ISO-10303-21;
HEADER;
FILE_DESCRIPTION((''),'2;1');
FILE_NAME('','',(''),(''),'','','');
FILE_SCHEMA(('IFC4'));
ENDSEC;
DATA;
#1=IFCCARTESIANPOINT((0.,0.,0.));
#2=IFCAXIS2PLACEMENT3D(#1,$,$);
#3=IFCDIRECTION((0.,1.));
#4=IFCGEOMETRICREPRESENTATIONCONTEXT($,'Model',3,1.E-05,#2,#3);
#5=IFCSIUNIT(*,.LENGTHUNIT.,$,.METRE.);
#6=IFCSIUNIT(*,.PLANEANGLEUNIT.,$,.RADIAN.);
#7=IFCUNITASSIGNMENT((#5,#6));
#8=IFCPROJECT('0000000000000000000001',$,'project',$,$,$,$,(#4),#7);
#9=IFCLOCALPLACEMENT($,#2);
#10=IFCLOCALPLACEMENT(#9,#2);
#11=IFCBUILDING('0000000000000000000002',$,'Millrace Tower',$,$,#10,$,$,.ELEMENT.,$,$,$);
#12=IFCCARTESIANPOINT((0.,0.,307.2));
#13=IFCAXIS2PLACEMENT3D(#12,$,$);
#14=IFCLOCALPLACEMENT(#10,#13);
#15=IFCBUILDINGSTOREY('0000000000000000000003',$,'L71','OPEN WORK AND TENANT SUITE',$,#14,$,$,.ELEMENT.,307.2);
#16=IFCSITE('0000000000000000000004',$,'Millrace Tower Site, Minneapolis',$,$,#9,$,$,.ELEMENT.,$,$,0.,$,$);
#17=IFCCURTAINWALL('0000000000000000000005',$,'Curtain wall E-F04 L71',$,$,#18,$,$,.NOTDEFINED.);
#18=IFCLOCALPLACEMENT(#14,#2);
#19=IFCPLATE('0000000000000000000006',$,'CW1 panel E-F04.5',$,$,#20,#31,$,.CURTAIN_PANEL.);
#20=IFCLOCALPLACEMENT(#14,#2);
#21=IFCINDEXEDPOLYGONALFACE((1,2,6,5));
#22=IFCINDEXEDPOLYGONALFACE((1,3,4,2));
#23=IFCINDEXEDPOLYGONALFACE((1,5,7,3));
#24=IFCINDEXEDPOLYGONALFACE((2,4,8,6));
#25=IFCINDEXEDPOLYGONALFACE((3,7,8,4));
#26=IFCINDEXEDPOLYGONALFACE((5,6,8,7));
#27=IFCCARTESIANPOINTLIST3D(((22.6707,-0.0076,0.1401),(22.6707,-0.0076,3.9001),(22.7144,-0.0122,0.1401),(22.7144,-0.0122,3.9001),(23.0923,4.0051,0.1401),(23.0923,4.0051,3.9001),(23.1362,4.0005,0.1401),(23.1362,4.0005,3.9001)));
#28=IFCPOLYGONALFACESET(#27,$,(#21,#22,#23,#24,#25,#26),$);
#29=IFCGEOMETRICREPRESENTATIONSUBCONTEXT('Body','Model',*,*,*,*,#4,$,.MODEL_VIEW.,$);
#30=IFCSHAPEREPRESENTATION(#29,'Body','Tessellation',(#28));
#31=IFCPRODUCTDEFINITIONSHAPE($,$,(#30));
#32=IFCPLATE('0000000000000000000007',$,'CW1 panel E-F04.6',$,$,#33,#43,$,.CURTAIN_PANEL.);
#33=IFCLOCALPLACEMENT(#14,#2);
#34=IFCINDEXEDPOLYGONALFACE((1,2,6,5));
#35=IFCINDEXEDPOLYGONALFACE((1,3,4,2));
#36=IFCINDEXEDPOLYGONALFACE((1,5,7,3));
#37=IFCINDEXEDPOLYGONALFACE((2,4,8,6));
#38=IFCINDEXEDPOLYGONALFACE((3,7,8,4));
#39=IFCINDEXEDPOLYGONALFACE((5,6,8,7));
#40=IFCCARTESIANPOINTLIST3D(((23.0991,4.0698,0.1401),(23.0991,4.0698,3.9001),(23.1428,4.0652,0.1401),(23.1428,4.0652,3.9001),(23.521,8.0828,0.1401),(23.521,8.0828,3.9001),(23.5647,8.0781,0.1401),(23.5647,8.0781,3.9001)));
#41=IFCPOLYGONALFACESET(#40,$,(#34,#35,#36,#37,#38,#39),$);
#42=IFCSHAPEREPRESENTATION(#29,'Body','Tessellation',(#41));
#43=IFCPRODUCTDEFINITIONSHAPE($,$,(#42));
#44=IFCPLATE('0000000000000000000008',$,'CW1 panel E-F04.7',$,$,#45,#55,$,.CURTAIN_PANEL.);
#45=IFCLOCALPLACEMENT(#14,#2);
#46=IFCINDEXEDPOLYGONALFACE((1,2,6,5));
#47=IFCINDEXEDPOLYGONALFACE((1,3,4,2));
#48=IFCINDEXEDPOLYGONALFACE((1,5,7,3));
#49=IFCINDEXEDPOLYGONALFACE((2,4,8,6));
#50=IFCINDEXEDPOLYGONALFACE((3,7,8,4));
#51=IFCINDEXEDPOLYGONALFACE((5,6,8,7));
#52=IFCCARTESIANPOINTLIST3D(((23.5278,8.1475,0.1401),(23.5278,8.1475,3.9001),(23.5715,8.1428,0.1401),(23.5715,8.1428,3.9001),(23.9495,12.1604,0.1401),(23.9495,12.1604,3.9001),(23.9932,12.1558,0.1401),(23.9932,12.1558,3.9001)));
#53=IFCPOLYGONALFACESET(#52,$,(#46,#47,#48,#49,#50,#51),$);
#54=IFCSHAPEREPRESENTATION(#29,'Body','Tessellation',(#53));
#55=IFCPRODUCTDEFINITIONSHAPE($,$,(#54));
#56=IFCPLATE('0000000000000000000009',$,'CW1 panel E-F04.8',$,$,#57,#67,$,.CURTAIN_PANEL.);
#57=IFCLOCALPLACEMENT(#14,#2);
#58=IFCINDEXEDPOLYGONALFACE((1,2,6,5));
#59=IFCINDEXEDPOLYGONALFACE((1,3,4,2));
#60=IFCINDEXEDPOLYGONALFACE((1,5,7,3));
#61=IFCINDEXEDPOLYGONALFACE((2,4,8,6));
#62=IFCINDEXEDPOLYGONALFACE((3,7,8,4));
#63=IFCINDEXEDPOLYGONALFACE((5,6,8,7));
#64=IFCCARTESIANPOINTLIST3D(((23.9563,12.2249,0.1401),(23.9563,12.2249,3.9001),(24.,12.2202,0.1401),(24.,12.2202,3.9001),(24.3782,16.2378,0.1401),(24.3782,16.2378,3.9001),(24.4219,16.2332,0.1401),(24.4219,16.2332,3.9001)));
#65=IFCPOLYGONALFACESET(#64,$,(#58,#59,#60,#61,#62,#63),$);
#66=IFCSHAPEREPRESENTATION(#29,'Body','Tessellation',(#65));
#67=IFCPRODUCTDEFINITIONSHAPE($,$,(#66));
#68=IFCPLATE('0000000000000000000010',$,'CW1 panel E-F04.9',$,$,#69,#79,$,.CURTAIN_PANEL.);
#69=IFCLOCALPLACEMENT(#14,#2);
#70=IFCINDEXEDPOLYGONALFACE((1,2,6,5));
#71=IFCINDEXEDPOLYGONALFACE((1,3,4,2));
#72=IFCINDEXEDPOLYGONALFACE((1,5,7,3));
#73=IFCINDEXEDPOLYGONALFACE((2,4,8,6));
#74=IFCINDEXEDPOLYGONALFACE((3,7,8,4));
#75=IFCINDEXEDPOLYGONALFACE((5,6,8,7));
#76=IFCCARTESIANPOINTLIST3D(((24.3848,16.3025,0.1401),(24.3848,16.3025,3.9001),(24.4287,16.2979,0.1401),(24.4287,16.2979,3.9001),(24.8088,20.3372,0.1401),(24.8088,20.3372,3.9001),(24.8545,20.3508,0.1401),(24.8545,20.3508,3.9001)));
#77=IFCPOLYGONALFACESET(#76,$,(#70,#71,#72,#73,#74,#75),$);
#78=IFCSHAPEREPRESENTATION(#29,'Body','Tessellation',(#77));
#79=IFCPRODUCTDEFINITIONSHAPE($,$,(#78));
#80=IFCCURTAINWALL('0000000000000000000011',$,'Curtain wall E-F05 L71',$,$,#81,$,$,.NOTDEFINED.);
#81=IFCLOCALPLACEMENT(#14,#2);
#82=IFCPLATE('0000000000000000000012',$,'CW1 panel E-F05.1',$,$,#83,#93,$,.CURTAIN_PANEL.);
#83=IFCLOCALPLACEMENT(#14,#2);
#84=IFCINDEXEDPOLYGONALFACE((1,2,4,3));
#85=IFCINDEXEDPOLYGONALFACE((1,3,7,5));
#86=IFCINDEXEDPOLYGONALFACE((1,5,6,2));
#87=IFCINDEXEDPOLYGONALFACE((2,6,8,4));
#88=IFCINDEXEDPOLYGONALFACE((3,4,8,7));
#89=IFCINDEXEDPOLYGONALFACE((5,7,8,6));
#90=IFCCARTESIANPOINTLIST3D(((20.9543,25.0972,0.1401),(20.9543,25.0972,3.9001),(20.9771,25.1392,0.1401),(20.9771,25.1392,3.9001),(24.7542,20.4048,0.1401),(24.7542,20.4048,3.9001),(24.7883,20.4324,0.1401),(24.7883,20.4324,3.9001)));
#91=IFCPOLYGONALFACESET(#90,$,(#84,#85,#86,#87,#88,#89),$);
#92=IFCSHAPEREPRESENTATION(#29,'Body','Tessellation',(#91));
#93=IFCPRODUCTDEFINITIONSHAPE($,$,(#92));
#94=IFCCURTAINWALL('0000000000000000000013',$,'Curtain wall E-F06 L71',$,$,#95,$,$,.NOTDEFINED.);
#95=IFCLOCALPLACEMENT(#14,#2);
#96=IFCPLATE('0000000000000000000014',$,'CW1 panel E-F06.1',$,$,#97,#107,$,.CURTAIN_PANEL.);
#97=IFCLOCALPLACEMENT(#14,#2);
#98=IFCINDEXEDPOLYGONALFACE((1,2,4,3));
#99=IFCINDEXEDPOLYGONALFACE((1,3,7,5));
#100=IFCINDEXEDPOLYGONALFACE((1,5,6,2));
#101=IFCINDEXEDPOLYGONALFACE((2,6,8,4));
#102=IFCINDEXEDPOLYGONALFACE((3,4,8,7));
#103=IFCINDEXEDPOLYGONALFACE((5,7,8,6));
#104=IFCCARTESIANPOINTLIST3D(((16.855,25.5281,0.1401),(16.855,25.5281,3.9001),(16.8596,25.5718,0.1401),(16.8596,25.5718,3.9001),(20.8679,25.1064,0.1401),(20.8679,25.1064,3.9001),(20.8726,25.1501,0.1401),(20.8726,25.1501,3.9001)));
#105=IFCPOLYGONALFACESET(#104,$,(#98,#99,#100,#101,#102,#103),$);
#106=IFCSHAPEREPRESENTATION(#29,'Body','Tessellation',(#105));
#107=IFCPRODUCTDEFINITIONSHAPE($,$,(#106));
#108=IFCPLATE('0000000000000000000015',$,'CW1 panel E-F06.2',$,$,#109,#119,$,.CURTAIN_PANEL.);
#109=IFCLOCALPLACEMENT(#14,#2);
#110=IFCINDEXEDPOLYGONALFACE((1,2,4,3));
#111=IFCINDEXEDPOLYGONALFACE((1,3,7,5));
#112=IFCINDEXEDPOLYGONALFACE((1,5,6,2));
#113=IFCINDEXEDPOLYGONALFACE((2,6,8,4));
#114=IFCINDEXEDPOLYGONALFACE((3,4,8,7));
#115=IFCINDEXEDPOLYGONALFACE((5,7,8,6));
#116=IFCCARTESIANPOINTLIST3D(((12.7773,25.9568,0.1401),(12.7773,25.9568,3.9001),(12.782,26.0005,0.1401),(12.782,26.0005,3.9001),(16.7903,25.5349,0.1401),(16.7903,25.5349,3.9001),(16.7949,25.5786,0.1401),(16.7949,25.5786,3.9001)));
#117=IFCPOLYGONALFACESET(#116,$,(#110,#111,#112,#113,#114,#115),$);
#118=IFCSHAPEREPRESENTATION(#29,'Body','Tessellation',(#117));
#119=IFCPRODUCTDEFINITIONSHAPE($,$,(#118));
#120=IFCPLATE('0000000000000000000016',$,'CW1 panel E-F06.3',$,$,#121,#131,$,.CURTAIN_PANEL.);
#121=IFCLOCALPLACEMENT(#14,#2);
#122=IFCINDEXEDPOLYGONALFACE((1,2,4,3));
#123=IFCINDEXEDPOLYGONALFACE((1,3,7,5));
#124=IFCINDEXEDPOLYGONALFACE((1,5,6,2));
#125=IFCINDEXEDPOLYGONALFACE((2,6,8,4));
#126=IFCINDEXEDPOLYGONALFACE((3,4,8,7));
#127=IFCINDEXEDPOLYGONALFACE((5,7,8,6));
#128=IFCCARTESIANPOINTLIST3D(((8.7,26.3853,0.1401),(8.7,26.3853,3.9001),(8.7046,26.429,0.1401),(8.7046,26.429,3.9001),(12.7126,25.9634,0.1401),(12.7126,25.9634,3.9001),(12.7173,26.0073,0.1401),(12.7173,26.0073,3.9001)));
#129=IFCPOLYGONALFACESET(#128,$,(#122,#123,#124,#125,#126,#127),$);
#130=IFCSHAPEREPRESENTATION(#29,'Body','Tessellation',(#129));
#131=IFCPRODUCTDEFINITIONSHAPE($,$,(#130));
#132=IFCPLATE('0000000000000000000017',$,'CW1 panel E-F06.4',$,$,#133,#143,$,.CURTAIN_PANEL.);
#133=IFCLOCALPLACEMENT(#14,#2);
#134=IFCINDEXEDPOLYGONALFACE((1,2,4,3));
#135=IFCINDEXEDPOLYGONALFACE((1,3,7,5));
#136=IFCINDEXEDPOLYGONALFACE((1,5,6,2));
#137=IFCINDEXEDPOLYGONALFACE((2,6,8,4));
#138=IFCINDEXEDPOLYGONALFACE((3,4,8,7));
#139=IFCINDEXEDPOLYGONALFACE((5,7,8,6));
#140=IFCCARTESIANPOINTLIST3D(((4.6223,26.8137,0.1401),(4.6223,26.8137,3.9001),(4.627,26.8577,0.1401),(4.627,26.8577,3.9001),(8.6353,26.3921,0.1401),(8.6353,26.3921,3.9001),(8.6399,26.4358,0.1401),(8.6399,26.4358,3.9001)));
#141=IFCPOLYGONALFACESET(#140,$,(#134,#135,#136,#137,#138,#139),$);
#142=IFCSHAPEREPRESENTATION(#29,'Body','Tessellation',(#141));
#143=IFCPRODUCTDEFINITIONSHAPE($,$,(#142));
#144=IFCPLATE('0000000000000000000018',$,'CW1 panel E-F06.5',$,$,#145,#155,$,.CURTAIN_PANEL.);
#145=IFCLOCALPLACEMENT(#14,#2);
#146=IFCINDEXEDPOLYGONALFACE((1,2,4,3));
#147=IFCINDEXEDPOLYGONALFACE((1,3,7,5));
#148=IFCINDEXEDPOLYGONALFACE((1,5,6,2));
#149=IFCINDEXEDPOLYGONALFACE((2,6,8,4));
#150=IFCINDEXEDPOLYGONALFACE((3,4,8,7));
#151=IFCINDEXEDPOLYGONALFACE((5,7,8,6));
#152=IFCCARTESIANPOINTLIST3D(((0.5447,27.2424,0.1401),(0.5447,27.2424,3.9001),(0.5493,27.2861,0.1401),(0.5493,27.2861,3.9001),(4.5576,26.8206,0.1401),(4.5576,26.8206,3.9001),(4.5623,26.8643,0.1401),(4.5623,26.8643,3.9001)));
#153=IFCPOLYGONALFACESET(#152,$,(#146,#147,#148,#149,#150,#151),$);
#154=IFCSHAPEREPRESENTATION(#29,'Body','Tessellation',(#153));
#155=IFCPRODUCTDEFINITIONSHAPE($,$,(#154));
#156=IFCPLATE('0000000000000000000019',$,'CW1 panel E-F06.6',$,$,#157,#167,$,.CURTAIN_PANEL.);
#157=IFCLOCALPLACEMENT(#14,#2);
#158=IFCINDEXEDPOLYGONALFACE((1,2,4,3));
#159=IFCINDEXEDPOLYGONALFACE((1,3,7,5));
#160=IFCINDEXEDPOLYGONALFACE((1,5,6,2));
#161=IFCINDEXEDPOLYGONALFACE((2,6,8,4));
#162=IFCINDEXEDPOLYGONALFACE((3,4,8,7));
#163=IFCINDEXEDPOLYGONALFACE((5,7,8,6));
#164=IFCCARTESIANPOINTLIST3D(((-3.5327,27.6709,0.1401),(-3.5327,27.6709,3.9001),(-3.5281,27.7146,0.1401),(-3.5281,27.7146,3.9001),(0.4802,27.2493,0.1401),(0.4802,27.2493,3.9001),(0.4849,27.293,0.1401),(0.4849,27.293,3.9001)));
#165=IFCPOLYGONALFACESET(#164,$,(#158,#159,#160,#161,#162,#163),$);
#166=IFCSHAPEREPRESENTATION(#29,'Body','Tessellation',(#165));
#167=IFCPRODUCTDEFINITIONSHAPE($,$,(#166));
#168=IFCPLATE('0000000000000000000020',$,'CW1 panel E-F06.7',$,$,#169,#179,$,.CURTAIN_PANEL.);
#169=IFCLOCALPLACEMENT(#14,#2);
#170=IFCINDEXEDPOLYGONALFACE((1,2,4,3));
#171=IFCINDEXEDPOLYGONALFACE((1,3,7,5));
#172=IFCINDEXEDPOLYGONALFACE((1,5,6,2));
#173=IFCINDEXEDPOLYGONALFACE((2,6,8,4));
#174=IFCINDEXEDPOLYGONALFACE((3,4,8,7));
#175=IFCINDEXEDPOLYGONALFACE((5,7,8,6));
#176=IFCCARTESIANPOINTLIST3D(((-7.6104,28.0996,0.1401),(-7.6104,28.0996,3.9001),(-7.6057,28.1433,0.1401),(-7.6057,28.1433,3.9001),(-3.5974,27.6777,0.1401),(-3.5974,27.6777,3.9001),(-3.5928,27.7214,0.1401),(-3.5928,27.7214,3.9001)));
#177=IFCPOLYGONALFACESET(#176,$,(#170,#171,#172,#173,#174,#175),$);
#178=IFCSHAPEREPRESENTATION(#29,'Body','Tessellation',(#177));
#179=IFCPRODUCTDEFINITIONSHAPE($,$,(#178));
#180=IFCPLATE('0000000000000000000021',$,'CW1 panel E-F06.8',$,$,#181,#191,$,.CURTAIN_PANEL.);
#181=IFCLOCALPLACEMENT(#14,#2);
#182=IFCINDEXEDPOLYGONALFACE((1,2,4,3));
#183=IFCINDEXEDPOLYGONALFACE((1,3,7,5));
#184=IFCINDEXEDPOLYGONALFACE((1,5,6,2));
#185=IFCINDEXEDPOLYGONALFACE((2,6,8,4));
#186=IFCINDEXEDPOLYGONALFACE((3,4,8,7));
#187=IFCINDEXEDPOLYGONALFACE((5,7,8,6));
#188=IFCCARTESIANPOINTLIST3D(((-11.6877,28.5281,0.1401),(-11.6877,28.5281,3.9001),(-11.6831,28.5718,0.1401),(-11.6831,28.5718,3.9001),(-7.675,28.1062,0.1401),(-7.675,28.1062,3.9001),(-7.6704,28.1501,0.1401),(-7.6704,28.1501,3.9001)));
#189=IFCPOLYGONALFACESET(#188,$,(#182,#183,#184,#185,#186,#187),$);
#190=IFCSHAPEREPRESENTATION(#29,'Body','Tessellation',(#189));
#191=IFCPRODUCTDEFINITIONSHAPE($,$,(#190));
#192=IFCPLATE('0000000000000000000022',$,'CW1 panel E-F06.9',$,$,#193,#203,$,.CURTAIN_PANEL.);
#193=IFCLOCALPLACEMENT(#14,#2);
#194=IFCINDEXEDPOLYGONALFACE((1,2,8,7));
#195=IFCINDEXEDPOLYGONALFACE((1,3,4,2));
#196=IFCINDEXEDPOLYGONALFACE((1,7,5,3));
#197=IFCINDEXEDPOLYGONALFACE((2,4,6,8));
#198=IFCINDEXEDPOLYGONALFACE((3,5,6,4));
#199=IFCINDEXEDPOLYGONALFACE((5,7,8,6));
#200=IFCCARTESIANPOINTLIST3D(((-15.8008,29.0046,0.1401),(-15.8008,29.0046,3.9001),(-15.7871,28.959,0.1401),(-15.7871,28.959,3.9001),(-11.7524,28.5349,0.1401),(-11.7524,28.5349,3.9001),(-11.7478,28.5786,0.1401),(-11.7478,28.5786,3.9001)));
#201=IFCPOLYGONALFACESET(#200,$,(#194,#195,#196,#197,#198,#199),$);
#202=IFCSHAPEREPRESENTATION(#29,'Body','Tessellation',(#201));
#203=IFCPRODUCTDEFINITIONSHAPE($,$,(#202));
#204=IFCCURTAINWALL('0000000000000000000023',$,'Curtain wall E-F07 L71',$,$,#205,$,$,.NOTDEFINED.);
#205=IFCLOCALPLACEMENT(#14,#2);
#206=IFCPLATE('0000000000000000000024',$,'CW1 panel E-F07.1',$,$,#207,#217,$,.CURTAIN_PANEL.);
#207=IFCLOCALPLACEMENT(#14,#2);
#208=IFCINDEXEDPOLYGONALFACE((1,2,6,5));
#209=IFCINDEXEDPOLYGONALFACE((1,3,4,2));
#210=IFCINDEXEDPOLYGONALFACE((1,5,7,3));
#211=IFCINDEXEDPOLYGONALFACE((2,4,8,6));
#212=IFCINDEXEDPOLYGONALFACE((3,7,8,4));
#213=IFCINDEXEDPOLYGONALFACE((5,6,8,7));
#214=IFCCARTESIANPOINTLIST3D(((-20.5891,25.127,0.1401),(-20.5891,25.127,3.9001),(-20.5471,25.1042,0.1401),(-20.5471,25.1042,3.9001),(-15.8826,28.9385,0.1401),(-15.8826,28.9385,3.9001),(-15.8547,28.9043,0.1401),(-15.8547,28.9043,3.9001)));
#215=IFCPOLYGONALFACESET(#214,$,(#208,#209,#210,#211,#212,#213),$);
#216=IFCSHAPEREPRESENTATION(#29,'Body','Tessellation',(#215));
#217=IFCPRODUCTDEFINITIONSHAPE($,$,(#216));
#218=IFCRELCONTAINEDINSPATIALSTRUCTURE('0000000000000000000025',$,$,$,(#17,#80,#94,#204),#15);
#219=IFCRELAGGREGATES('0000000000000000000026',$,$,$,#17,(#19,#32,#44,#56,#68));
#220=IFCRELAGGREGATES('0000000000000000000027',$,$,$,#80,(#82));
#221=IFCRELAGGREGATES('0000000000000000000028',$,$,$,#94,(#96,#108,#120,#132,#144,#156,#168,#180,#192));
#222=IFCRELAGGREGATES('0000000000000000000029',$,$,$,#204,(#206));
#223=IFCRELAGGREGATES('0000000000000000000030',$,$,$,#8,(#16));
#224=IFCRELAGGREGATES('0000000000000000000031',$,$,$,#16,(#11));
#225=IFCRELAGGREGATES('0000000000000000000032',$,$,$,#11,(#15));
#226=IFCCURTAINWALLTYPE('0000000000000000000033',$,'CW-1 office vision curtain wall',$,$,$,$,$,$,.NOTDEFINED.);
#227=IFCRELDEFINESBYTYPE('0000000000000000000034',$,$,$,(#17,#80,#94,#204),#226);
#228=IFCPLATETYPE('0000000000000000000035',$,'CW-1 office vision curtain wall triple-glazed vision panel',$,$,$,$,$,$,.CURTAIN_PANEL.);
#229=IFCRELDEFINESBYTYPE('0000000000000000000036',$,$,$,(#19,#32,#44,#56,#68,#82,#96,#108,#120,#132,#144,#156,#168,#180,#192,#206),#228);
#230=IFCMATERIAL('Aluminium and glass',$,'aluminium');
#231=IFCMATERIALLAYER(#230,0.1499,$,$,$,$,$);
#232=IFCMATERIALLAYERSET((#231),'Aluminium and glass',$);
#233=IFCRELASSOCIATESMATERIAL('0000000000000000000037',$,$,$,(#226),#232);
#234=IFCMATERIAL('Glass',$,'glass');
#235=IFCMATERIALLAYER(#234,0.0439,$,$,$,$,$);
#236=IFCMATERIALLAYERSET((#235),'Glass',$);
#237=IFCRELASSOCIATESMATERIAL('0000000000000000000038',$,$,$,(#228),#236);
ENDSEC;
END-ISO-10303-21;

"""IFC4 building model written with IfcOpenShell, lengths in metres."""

from ifc_helpers import new_model, si_unit, direction, frame, origin, place, context, subcontext, project, spatial, polyline, outline, extrude, material, layer, layer_set, type_object, element, aggregate, save


model = new_model("IFC4")

# Units and contexts
model_context = context("Model", 3, precision=1e-05, world=origin(), true_north=direction((0.0, 1.0)))
body_context = subcontext(model_context, "Body", "Model", "MODEL_VIEW")
ifc_project = project(units=[si_unit("LENGTHUNIT", "METRE"), si_unit("PLANEANGLEUNIT", "RADIAN")], contexts=[model_context])

# Site, building, storey
site_placement = place(None, origin())
site = spatial("IfcSite", under=ifc_project, at=site_placement, Name="Millrace Tower Site, Minneapolis", CompositionType="ELEMENT", RefElevation=0.0)
building_placement = place(site_placement, origin())
building = spatial("IfcBuilding", under=site, at=building_placement, Name="Millrace Tower", CompositionType="ELEMENT")
storey_placement = place(building_placement, frame((0.0, 0.0, 307.2)))
storey = spatial("IfcBuildingStorey", under=building, at=storey_placement, Name="L71", Description="OPEN WORK AND TENANT SUITE", CompositionType="ELEMENT", Elevation=307.2)

# Curtain wall, plates
ifc_material_1 = material(Name="Aluminium and glass", Category="aluminium")
ifc_layer_1 = layer(ifc_material_1, 0.1499)
ifc_layer_set_1 = layer_set([ifc_layer_1], Name="Aluminium and glass")
curtain_wall_type = type_object("IfcCurtainWallType", Name="CW-1 office vision curtain wall", PredefinedType="NOTDEFINED", material=ifc_layer_set_1)
placement_1 = place(storey_placement, origin())
curtain_wall_1 = element("IfcCurtainWall", 1, at=placement_1, inside=storey, type_object=curtain_wall_type, Name="Curtain wall E-F04 L71", PredefinedType="NOTDEFINED")
ifc_material_2 = material(Name="Glass", Category="glass")
ifc_layer_2 = layer(ifc_material_2, 0.0439)
ifc_layer_set_2 = layer_set([ifc_layer_2], Name="Glass")
plate_type = type_object("IfcPlateType", Name="CW-1 office vision curtain wall triple-glazed vision panel", PredefinedType="CURTAIN_PANEL", material=ifc_layer_set_2)
placement_2 = place(storey_placement, frame((0.0, 0.0, 0.1401)))
plate_1 = element("IfcPlate", 2, at=placement_2, type_object=plate_type, Name="CW1 panel E-F04.5", PredefinedType="CURTAIN_PANEL", context=body_context, shape_type="SweptSolid", body=[
    extrude(outline(polyline([(22.7144, -0.0122), (23.1362, 4.0005), (23.0923, 4.0051), (22.6707, -0.0076), (22.7144, -0.0122)])), origin(), (0.0, 0.0, 1.0), 3.76),
])
plate_2 = element("IfcPlate", 3, at=placement_2, type_object=plate_type, Name="CW1 panel E-F04.6", PredefinedType="CURTAIN_PANEL", context=body_context, shape_type="SweptSolid", body=[
    extrude(outline(polyline([(23.1428, 4.0652), (23.5647, 8.0781), (23.521, 8.0828), (23.0991, 4.0698), (23.1428, 4.0652)])), origin(), (0.0, 0.0, 1.0), 3.76),
])
plate_3 = element("IfcPlate", 4, at=placement_2, type_object=plate_type, Name="CW1 panel E-F04.7", PredefinedType="CURTAIN_PANEL", context=body_context, shape_type="SweptSolid", body=[
    extrude(outline(polyline([(23.5715, 8.1428), (23.9932, 12.1558), (23.9495, 12.1604), (23.5278, 8.1475), (23.5715, 8.1428)])), origin(), (0.0, 0.0, 1.0), 3.76),
])
plate_4 = element("IfcPlate", 5, at=placement_2, type_object=plate_type, Name="CW1 panel E-F04.8", PredefinedType="CURTAIN_PANEL", context=body_context, shape_type="SweptSolid", body=[
    extrude(outline(polyline([(24.0, 12.2202), (24.4219, 16.2332), (24.3782, 16.2378), (23.9563, 12.2249), (24.0, 12.2202)])), origin(), (0.0, 0.0, 1.0), 3.76),
])
plate_5 = element("IfcPlate", 6, at=placement_2, type_object=plate_type, Name="CW1 panel E-F04.9", PredefinedType="CURTAIN_PANEL", context=body_context, shape_type="SweptSolid", body=[
    extrude(outline(polyline([(24.4287, 16.2979), (24.8545, 20.3508), (24.8088, 20.3372), (24.3848, 16.3025), (24.4287, 16.2979)])), origin(), (0.0, 0.0, 1.0), 3.76),
])
aggregate(curtain_wall_1, [plate_1, plate_2, plate_3, plate_4, plate_5])

# Curtain wall, plate
curtain_wall_2 = element("IfcCurtainWall", 7, at=placement_1, inside=storey, type_object=curtain_wall_type, Name="Curtain wall E-F05 L71", PredefinedType="NOTDEFINED")
plate_6 = element("IfcPlate", 8, at=placement_2, type_object=plate_type, Name="CW1 panel E-F05.1", PredefinedType="CURTAIN_PANEL", context=body_context, shape_type="SweptSolid", body=[
    extrude(outline(polyline([(24.7883, 20.4324), (20.9771, 25.1392), (20.9543, 25.0972), (24.7542, 20.4048), (24.7883, 20.4324)])), origin(), (0.0, 0.0, 1.0), 3.76),
])
aggregate(curtain_wall_2, [plate_6])

# Curtain wall, plates
curtain_wall_3 = element("IfcCurtainWall", 9, at=placement_1, inside=storey, type_object=curtain_wall_type, Name="Curtain wall E-F06 L71", PredefinedType="NOTDEFINED")
plate_7 = element("IfcPlate", 10, at=placement_2, type_object=plate_type, Name="CW1 panel E-F06.1", PredefinedType="CURTAIN_PANEL", context=body_context, shape_type="SweptSolid", body=[
    extrude(outline(polyline([(20.8726, 25.1501), (16.8596, 25.5718), (16.855, 25.5281), (20.8679, 25.1064), (20.8726, 25.1501)])), origin(), (0.0, 0.0, 1.0), 3.76),
])
plate_8 = element("IfcPlate", 11, at=placement_2, type_object=plate_type, Name="CW1 panel E-F06.2", PredefinedType="CURTAIN_PANEL", context=body_context, shape_type="SweptSolid", body=[
    extrude(outline(polyline([(16.7949, 25.5786), (12.782, 26.0005), (12.7773, 25.9568), (16.7903, 25.5349), (16.7949, 25.5786)])), origin(), (0.0, 0.0, 1.0), 3.76),
])
plate_9 = element("IfcPlate", 12, at=placement_2, type_object=plate_type, Name="CW1 panel E-F06.3", PredefinedType="CURTAIN_PANEL", context=body_context, shape_type="SweptSolid", body=[
    extrude(outline(polyline([(12.7173, 26.0073), (8.7046, 26.429), (8.7, 26.3853), (12.7126, 25.9634), (12.7173, 26.0073)])), origin(), (0.0, 0.0, 1.0), 3.76),
])
plate_10 = element("IfcPlate", 13, at=placement_2, type_object=plate_type, Name="CW1 panel E-F06.4", PredefinedType="CURTAIN_PANEL", context=body_context, shape_type="SweptSolid", body=[
    extrude(outline(polyline([(8.6399, 26.4358), (4.627, 26.8577), (4.6223, 26.8137), (8.6353, 26.3921), (8.6399, 26.4358)])), origin(), (0.0, 0.0, 1.0), 3.76),
])
plate_11 = element("IfcPlate", 14, at=placement_2, type_object=plate_type, Name="CW1 panel E-F06.5", PredefinedType="CURTAIN_PANEL", context=body_context, shape_type="SweptSolid", body=[
    extrude(outline(polyline([(4.5623, 26.8643), (0.5493, 27.2861), (0.5447, 27.2424), (4.5576, 26.8206), (4.5623, 26.8643)])), origin(), (0.0, 0.0, 1.0), 3.76),
])
plate_12 = element("IfcPlate", 15, at=placement_2, type_object=plate_type, Name="CW1 panel E-F06.6", PredefinedType="CURTAIN_PANEL", context=body_context, shape_type="SweptSolid", body=[
    extrude(outline(polyline([(0.4849, 27.293), (-3.5281, 27.7146), (-3.5327, 27.6709), (0.4802, 27.2493), (0.4849, 27.293)])), origin(), (0.0, 0.0, 1.0), 3.76),
])
plate_13 = element("IfcPlate", 16, at=placement_2, type_object=plate_type, Name="CW1 panel E-F06.7", PredefinedType="CURTAIN_PANEL", context=body_context, shape_type="SweptSolid", body=[
    extrude(outline(polyline([(-3.5928, 27.7214), (-7.6057, 28.1433), (-7.6104, 28.0996), (-3.5974, 27.6777), (-3.5928, 27.7214)])), origin(), (0.0, 0.0, 1.0), 3.76),
])
plate_14 = element("IfcPlate", 17, at=placement_2, type_object=plate_type, Name="CW1 panel E-F06.8", PredefinedType="CURTAIN_PANEL", context=body_context, shape_type="SweptSolid", body=[
    extrude(outline(polyline([(-7.6704, 28.1501), (-11.6831, 28.5718), (-11.6877, 28.5281), (-7.675, 28.1062), (-7.6704, 28.1501)])), origin(), (0.0, 0.0, 1.0), 3.76),
])
plate_15 = element("IfcPlate", 18, at=placement_2, type_object=plate_type, Name="CW1 panel E-F06.9", PredefinedType="CURTAIN_PANEL", context=body_context, shape_type="SweptSolid", body=[
    extrude(outline(polyline([(-11.7478, 28.5786), (-15.8008, 29.0046), (-15.7871, 28.959), (-11.7524, 28.5349), (-11.7478, 28.5786)])), origin(), (0.0, 0.0, 1.0), 3.76),
])
aggregate(curtain_wall_3, [plate_7, plate_8, plate_9, plate_10, plate_11, plate_12, plate_13, plate_14, plate_15])

# Curtain wall, plate
curtain_wall_4 = element("IfcCurtainWall", 19, at=placement_1, inside=storey, type_object=curtain_wall_type, Name="Curtain wall E-F07 L71", PredefinedType="NOTDEFINED")
plate_16 = element("IfcPlate", 20, at=placement_2, type_object=plate_type, Name="CW1 panel E-F07.1", PredefinedType="CURTAIN_PANEL", context=body_context, shape_type="SweptSolid", body=[
    extrude(outline(polyline([(-15.8826, 28.9385), (-20.5891, 25.127), (-20.5471, 25.1042), (-15.8547, 28.9043), (-15.8826, 28.9385)])), origin(), (0.0, 0.0, 1.0), 3.76),
])
aggregate(curtain_wall_4, [plate_16])

save(model, "model.ifc")
